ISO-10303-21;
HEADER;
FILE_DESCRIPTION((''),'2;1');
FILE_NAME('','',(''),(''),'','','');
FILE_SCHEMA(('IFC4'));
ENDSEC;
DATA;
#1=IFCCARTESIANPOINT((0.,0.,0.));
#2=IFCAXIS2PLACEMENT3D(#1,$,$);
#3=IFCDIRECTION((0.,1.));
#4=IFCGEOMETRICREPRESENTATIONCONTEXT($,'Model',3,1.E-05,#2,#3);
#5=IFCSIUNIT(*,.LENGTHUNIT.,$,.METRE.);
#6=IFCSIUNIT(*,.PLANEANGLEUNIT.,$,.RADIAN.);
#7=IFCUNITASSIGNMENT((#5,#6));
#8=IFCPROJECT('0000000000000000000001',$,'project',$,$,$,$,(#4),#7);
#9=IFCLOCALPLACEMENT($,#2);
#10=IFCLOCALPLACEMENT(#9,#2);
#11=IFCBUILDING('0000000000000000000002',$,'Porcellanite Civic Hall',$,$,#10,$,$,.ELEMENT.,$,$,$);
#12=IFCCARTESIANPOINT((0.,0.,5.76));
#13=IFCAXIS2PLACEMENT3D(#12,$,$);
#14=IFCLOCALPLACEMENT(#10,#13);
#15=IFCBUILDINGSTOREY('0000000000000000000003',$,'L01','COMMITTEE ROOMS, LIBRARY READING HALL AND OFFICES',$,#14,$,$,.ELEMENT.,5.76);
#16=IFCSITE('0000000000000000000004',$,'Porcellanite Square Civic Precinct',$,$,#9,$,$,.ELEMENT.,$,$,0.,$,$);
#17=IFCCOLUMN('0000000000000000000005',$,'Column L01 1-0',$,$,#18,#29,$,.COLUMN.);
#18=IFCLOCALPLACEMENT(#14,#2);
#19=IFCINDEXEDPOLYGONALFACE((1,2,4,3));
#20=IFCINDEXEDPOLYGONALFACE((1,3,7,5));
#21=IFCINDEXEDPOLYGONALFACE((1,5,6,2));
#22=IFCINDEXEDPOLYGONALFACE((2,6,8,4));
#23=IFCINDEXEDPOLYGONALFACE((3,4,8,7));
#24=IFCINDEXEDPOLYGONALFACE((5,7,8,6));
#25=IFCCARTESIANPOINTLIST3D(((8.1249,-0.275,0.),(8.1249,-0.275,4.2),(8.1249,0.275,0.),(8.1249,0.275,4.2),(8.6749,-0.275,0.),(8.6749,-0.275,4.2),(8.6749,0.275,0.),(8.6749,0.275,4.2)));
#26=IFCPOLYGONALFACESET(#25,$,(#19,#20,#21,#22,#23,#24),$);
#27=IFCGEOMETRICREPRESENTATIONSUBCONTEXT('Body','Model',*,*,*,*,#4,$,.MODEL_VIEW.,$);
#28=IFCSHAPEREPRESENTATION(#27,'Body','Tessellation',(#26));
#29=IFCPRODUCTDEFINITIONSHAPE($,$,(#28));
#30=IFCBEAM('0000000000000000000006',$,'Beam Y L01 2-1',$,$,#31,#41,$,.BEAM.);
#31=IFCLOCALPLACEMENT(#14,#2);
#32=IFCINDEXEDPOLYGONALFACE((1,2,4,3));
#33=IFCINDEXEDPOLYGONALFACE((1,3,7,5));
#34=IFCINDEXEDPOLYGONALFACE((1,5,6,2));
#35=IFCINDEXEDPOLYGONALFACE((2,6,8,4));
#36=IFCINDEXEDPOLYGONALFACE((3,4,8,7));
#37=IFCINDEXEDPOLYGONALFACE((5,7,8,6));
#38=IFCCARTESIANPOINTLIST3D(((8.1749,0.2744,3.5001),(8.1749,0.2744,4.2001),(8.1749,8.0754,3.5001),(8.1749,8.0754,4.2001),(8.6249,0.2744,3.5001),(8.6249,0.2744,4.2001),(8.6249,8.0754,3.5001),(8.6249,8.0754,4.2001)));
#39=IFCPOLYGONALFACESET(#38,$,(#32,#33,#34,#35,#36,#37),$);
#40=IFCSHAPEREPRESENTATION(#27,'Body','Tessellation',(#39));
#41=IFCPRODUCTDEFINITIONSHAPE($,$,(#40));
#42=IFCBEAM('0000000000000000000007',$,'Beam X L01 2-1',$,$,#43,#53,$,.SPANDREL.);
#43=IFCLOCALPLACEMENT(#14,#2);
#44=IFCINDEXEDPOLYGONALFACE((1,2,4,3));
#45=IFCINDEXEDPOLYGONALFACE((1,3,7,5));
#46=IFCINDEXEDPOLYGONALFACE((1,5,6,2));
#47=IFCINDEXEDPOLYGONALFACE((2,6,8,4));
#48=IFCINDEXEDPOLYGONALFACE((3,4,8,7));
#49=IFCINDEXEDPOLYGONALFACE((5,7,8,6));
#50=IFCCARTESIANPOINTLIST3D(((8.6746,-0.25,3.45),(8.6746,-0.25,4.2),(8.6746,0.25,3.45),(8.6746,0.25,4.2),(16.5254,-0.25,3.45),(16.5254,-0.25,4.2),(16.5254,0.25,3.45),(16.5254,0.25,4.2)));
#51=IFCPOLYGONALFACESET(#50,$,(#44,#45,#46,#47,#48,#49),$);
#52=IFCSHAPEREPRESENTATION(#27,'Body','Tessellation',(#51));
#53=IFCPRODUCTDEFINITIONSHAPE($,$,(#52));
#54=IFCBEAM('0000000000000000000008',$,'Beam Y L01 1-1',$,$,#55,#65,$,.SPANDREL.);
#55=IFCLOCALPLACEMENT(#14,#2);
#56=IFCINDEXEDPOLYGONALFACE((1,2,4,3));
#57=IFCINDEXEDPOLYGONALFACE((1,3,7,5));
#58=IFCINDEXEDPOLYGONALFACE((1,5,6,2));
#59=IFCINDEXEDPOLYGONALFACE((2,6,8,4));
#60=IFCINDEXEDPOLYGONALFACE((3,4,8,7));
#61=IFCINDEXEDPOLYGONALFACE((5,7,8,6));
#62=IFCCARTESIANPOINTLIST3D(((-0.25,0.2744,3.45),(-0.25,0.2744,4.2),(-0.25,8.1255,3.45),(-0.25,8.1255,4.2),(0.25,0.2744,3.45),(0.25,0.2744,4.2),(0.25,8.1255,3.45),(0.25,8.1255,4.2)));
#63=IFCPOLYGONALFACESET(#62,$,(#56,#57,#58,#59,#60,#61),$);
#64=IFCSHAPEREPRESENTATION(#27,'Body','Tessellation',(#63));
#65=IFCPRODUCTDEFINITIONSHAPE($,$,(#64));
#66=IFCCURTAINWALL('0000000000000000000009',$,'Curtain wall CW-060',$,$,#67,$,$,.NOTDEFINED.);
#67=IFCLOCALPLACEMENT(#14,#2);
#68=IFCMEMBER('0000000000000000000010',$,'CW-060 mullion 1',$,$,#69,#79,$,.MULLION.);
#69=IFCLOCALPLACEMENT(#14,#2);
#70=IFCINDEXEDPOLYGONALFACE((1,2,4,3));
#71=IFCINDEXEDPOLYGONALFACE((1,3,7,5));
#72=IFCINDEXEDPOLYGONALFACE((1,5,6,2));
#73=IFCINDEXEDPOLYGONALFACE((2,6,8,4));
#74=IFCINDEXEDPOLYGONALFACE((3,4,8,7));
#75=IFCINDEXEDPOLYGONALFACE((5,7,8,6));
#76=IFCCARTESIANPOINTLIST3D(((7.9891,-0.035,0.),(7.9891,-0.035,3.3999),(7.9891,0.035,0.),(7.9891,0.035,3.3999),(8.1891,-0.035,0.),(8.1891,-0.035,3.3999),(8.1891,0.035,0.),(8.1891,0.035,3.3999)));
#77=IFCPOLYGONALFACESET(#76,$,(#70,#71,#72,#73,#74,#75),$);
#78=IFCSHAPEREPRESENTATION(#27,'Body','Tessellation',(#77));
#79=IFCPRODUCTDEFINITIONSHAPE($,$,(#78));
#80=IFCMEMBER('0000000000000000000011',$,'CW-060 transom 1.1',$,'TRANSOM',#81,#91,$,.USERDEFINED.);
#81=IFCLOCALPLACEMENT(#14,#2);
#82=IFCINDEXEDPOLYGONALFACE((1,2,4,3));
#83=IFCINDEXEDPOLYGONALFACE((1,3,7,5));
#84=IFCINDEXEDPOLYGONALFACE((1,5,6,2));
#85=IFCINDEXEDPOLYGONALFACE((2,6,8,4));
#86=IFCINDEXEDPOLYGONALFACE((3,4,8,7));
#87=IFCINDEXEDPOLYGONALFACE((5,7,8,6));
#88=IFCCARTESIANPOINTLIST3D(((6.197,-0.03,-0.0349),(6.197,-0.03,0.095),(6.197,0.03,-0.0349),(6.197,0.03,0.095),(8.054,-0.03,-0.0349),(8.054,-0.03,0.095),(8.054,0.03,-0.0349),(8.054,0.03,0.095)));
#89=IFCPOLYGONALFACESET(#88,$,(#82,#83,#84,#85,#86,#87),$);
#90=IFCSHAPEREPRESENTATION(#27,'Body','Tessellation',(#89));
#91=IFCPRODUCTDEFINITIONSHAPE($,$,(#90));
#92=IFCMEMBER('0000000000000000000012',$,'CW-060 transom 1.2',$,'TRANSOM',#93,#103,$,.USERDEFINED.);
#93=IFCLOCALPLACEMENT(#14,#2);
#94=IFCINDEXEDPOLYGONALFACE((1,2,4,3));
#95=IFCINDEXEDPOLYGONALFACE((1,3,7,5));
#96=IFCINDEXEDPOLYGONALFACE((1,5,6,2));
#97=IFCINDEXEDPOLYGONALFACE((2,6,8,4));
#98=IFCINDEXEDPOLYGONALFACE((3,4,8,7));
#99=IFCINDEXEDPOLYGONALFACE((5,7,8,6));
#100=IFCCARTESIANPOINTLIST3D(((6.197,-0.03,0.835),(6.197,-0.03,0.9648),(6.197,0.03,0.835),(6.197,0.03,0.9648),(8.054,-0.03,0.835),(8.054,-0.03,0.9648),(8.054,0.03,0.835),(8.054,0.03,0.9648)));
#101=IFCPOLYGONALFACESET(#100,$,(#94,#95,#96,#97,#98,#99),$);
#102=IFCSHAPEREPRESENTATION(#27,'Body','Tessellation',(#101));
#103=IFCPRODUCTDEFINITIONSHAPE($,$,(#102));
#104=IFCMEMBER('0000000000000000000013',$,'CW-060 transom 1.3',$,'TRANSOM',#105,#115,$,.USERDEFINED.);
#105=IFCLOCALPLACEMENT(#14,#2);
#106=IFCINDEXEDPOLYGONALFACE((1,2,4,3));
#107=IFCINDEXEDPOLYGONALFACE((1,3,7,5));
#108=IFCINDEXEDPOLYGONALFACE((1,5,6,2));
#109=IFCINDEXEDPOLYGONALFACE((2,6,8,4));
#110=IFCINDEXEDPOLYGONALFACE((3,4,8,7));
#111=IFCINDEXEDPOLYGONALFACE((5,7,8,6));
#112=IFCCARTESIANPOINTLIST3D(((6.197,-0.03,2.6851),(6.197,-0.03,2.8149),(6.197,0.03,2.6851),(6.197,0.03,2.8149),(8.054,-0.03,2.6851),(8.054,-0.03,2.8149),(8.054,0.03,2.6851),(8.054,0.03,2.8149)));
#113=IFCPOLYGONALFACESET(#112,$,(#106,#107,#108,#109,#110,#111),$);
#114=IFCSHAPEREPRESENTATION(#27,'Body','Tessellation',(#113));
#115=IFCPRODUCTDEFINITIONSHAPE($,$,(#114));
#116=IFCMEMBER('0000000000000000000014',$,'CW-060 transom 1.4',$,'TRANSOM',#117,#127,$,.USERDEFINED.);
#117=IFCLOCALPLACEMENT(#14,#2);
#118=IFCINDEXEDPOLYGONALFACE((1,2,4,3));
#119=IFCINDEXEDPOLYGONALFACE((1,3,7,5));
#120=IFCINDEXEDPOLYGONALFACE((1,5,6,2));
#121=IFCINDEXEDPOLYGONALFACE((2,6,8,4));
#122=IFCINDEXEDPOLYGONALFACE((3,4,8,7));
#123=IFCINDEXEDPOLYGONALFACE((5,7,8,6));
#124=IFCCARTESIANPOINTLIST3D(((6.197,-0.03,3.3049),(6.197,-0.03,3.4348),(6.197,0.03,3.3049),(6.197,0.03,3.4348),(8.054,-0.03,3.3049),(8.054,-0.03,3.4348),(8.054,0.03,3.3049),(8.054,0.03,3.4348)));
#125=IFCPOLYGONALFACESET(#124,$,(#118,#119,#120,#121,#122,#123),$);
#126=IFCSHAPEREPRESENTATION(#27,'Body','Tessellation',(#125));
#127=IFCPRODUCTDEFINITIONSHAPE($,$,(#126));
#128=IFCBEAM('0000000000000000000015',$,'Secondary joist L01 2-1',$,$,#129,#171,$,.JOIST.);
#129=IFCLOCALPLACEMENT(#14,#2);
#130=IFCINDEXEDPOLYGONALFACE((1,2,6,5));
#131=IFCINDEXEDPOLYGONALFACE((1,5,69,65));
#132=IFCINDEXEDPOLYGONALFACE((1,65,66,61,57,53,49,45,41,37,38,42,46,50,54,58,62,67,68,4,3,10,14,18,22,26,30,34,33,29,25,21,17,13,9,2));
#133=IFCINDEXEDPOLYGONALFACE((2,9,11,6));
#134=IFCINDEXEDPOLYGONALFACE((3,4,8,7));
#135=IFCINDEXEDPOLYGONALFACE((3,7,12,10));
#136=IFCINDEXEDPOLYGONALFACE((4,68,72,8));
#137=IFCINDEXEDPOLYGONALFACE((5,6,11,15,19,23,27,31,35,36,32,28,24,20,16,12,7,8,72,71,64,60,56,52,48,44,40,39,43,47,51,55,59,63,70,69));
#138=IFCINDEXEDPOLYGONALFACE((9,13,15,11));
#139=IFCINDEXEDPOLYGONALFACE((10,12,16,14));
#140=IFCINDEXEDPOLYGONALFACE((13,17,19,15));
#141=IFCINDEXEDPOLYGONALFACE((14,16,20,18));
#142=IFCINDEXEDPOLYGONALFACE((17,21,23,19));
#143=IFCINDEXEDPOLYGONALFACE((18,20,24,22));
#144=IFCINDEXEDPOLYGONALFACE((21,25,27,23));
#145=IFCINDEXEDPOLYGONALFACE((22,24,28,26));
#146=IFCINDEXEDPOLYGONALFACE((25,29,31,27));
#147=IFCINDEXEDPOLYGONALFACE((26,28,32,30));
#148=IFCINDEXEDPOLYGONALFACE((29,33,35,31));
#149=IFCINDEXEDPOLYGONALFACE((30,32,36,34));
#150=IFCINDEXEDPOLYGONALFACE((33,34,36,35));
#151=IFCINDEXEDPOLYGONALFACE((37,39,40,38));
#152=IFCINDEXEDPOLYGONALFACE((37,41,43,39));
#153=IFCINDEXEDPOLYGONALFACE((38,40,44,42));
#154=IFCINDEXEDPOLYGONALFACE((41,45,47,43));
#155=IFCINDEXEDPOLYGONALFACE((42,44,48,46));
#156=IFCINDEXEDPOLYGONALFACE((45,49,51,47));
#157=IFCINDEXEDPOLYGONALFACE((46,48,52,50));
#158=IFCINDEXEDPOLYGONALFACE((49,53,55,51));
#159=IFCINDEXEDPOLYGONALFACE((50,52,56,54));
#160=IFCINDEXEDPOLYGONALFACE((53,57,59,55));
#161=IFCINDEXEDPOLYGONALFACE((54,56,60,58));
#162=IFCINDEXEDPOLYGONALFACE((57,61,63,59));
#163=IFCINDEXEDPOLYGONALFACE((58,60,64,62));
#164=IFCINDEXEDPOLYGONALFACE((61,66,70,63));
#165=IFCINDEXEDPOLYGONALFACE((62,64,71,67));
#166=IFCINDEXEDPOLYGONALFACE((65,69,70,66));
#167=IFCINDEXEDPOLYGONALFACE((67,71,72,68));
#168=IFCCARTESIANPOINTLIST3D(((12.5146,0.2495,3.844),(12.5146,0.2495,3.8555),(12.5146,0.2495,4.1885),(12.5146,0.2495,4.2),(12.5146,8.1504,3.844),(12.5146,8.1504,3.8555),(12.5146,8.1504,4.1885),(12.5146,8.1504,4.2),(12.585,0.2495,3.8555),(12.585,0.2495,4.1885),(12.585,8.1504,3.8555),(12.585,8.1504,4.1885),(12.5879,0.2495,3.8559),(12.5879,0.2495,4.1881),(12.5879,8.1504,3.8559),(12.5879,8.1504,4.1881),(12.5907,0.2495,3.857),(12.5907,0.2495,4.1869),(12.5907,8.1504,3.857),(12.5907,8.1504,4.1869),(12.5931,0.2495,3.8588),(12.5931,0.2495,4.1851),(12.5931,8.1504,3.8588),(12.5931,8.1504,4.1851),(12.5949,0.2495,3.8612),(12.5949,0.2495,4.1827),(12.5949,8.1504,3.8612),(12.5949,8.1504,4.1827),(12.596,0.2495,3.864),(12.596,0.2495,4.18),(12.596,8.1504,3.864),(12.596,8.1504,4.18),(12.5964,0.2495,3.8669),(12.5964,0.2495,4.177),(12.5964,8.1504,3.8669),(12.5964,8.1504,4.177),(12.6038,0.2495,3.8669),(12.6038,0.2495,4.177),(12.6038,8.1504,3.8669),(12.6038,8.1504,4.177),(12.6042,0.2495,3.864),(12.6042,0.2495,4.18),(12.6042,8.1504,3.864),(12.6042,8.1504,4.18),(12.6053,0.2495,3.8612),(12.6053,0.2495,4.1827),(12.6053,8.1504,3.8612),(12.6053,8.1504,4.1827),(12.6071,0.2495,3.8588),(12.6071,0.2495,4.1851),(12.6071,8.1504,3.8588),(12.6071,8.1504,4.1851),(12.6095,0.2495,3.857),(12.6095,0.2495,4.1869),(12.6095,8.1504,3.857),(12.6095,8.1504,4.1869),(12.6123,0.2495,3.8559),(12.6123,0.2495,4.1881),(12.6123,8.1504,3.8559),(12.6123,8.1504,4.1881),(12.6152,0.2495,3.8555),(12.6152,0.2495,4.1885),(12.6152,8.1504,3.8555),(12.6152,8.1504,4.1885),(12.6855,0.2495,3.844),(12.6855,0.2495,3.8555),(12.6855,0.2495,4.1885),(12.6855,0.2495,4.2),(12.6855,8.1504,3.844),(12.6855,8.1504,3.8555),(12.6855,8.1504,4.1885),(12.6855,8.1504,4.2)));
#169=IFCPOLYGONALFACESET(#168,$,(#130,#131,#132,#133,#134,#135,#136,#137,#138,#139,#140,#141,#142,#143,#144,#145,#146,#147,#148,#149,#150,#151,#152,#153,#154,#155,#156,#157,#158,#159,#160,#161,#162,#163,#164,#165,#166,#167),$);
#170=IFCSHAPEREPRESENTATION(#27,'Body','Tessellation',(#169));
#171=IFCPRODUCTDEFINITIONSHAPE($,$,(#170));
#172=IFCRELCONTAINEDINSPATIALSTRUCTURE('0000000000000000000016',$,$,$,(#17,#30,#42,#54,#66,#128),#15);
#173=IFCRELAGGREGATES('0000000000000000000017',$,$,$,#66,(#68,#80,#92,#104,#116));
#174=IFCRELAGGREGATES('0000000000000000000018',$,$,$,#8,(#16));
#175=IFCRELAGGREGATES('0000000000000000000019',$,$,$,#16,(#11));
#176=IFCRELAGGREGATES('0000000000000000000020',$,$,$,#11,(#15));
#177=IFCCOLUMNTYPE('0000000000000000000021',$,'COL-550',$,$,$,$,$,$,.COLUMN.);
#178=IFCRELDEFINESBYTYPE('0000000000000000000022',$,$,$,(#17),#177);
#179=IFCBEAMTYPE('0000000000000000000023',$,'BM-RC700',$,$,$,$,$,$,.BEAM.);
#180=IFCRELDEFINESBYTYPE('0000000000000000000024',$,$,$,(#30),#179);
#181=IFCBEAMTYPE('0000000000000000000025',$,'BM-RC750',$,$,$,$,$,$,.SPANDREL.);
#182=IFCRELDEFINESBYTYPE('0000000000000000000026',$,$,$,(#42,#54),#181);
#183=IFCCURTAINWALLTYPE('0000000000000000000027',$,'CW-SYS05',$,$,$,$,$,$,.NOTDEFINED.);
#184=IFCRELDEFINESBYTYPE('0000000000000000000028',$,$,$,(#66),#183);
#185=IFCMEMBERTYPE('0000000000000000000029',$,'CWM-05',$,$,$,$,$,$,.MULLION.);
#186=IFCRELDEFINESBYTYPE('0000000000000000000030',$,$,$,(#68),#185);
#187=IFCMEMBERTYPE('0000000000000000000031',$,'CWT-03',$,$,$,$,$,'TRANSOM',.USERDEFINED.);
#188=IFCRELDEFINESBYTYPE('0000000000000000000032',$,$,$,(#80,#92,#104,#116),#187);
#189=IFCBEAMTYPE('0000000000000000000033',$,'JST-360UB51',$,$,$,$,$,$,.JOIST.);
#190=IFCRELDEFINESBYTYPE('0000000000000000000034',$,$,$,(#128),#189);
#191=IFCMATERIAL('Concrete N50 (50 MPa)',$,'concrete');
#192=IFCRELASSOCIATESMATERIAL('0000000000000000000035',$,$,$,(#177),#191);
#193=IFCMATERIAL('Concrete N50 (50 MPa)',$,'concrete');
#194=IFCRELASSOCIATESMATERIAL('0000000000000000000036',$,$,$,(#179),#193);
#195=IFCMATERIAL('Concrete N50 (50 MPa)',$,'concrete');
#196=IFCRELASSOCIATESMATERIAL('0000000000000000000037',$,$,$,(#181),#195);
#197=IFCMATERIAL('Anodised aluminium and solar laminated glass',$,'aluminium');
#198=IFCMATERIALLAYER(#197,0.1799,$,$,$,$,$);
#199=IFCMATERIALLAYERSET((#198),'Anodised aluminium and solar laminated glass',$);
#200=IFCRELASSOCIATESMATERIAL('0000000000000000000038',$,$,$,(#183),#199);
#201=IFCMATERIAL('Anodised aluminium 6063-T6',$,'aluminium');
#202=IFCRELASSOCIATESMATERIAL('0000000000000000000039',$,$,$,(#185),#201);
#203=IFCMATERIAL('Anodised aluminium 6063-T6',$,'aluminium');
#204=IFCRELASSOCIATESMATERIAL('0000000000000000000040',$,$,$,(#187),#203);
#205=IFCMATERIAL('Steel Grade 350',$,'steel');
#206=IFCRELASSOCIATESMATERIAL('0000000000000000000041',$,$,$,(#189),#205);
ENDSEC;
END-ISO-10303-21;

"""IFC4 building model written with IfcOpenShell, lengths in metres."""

from ifc_helpers import new_model, si_unit, direction, frame, origin, origin_2d, place, context, subcontext, project, spatial, rectangle, i_section, extrude, material, layer, layer_set, material_profile, profile_set, type_object, element, aggregate, save


model = new_model("IFC4")

# Units and contexts
model_context = context("Model", 3, precision=1e-05, world=origin(), true_north=direction((0.0, 1.0)))
body_context = subcontext(model_context, "Body", "Model", "MODEL_VIEW")
ifc_project = project(units=[si_unit("LENGTHUNIT", "METRE"), si_unit("PLANEANGLEUNIT", "RADIAN")], contexts=[model_context])

# Site, building, storey
site_placement = place(None, origin())
site = spatial("IfcSite", under=ifc_project, at=site_placement, Name="Porcellanite Square Civic Precinct", CompositionType="ELEMENT", RefElevation=0.0)
building_placement = place(site_placement, origin())
building = spatial("IfcBuilding", under=site, at=building_placement, Name="Porcellanite Civic Hall", CompositionType="ELEMENT")
storey_placement = place(building_placement, frame((0.0, 0.0, 5.76)))
storey = spatial("IfcBuildingStorey", under=building, at=storey_placement, Name="L01", Description="COMMITTEE ROOMS, LIBRARY READING HALL AND OFFICES", CompositionType="ELEMENT", Elevation=5.76)

# Column
ifc_material_1 = material(Name="Concrete N50 (50 MPa)", Category="concrete")
ifc_material_profile_1 = material_profile(ifc_material_1, rectangle(XDim=0.55, YDim=0.55, at=origin_2d()), Name="RC-550x550")
ifc_profile_set_1 = profile_set([ifc_material_profile_1], Name="Concrete N50 (50 MPa)")
column_type = type_object("IfcColumnType", Name="COL-550", PredefinedType="COLUMN", material=ifc_profile_set_1)
column_placement = place(storey_placement, frame((8.3999, 0.0, 0.0), z_axis=(0.0, 0.0, 1.0), x_axis=(1.0, 0.0, 0.0)))
element("IfcColumn", 1, at=column_placement, inside=storey, type_object=column_type, Name="Column L01 1-0", PredefinedType="COLUMN", context=body_context, shape_type="SweptSolid", body=[
    extrude(rectangle(XDim=0.55, YDim=0.55, at=origin_2d()), origin(), (0.0, 0.0, 1.0), 4.2),
])

# Beams
ifc_material_2 = material(Name="Concrete N50 (50 MPa)", Category="concrete")
ifc_material_profile_2 = material_profile(ifc_material_2, rectangle(XDim=0.45, YDim=0.7, at=origin_2d()), Name="RC-450x700")
ifc_profile_set_2 = profile_set([ifc_material_profile_2], Name="Concrete N50 (50 MPa)")
beam_type_1 = type_object("IfcBeamType", Name="BM-RC700", PredefinedType="BEAM", material=ifc_profile_set_2)
beam_1_placement = place(storey_placement, frame((8.3999, 0.2744, 3.8501), z_axis=(0.0, 1.0, 0.0), x_axis=(-1.0, 0.0, 0.0)))
element("IfcBeam", 2, at=beam_1_placement, inside=storey, type_object=beam_type_1, Name="Beam Y L01 2-1", PredefinedType="BEAM", context=body_context, shape_type="SweptSolid", body=[
    extrude(rectangle(XDim=0.45, YDim=0.7, at=origin_2d()), origin(), (0.0, 0.0, 1.0), 7.801),
])
ifc_material_3 = material(Name="Concrete N50 (50 MPa)", Category="concrete")
ifc_material_profile_3 = material_profile(ifc_material_3, rectangle(XDim=0.5, YDim=0.75, at=origin_2d()), Name="RC-500x750")
ifc_profile_set_3 = profile_set([ifc_material_profile_3], Name="Concrete N50 (50 MPa)")
beam_type_2 = type_object("IfcBeamType", Name="BM-RC750", PredefinedType="SPANDREL", material=ifc_profile_set_3)
beam_2_placement = place(storey_placement, frame((8.6746, 0.0, 3.825), z_axis=(1.0, 0.0, 0.0), x_axis=(0.0, 1.0, 0.0)))
element("IfcBeam", 3, at=beam_2_placement, inside=storey, type_object=beam_type_2, Name="Beam X L01 2-1", PredefinedType="SPANDREL", context=body_context, shape_type="SweptSolid", body=[
    extrude(rectangle(XDim=0.5, YDim=0.75, at=origin_2d()), origin(), (0.0, 0.0, 1.0), 7.8508),
])
beam_3_placement = place(storey_placement, frame((0.0, 0.2744, 3.825), z_axis=(0.0, 1.0, 0.0), x_axis=(-1.0, 0.0, 0.0)))
element("IfcBeam", 4, at=beam_3_placement, inside=storey, type_object=beam_type_2, Name="Beam Y L01 1-1", PredefinedType="SPANDREL", context=body_context, shape_type="SweptSolid", body=[
    extrude(rectangle(XDim=0.5, YDim=0.75, at=origin_2d()), origin(), (0.0, 0.0, 1.0), 7.8511),
])

# Curtain wall, members
ifc_material_4 = material(Name="Anodised aluminium and solar laminated glass", Category="aluminium")
ifc_layer_1 = layer(ifc_material_4, 0.1799)
ifc_layer_set_1 = layer_set([ifc_layer_1], Name="Anodised aluminium and solar laminated glass")
curtain_wall_type = type_object("IfcCurtainWallType", Name="CW-SYS05", PredefinedType="NOTDEFINED", material=ifc_layer_set_1)
curtain_wall_placement = place(storey_placement, origin())
curtain_wall = element("IfcCurtainWall", 5, at=curtain_wall_placement, inside=storey, type_object=curtain_wall_type, Name="Curtain wall CW-060", PredefinedType="NOTDEFINED")
ifc_material_5 = material(Name="Anodised aluminium 6063-T6", Category="aluminium")
ifc_material_profile_4 = material_profile(ifc_material_5, rectangle(XDim=0.0701, YDim=0.2, at=origin_2d()), Name="AL-70x200")
ifc_profile_set_4 = profile_set([ifc_material_profile_4], Name="Anodised aluminium 6063-T6")
member_type_1 = type_object("IfcMemberType", Name="CWM-05", PredefinedType="MULLION", material=ifc_profile_set_4)
member_1_placement = place(storey_placement, frame((8.0891, 0.0, 0.0), z_axis=(0.0, 0.0, 1.0), x_axis=(0.0, -1.0, 0.0)))
member_1 = element("IfcMember", 6, at=member_1_placement, type_object=member_type_1, Name="CW-060 mullion 1", PredefinedType="MULLION", context=body_context, shape_type="SweptSolid", body=[
    extrude(rectangle(XDim=0.0701, YDim=0.2, at=origin_2d()), origin(), (0.0, 0.0, 1.0), 3.3999),
])
ifc_material_6 = material(Name="Anodised aluminium 6063-T6", Category="aluminium")
ifc_material_profile_5 = material_profile(ifc_material_6, rectangle(XDim=0.0601, YDim=0.1299, at=origin_2d()), Name="AL-60x130")
ifc_profile_set_5 = profile_set([ifc_material_profile_5], Name="Anodised aluminium 6063-T6")
member_type_2 = type_object("IfcMemberType", Name="CWT-03", ElementType="TRANSOM", PredefinedType="USERDEFINED", material=ifc_profile_set_5)
member_2_placement = place(storey_placement, frame((8.054, 0.0, 0.03), z_axis=(-1.0, 0.0, 0.0), x_axis=(0.0, -1.0, 0.0)))
member_2 = element("IfcMember", 7, at=member_2_placement, type_object=member_type_2, Name="CW-060 transom 1.1", ObjectType="TRANSOM", PredefinedType="USERDEFINED", context=body_context, shape_type="SweptSolid", body=[
    extrude(rectangle(XDim=0.0601, YDim=0.1299, at=origin_2d()), origin(), (0.0, 0.0, 1.0), 1.8569),
])
member_3_placement = place(storey_placement, frame((8.054, 0.0, 0.8999), z_axis=(-1.0, 0.0, 0.0), x_axis=(0.0, -1.0, 0.0)))
member_3 = element("IfcMember", 8, at=member_3_placement, type_object=member_type_2, Name="CW-060 transom 1.2", ObjectType="TRANSOM", PredefinedType="USERDEFINED", context=body_context, shape_type="SweptSolid", body=[
    extrude(rectangle(XDim=0.0601, YDim=0.1299, at=origin_2d()), origin(), (0.0, 0.0, 1.0), 1.8569),
])
member_4_placement = place(storey_placement, frame((8.054, 0.0, 2.75), z_axis=(-1.0, 0.0, 0.0), x_axis=(0.0, -1.0, 0.0)))
member_4 = element("IfcMember", 9, at=member_4_placement, type_object=member_type_2, Name="CW-060 transom 1.3", ObjectType="TRANSOM", PredefinedType="USERDEFINED", context=body_context, shape_type="SweptSolid", body=[
    extrude(rectangle(XDim=0.0601, YDim=0.1299, at=origin_2d()), origin(), (0.0, 0.0, 1.0), 1.8569),
])
member_5_placement = place(storey_placement, frame((8.054, 0.0, 3.3699), z_axis=(-1.0, 0.0, 0.0), x_axis=(0.0, -1.0, 0.0)))
member_5 = element("IfcMember", 10, at=member_5_placement, type_object=member_type_2, Name="CW-060 transom 1.4", ObjectType="TRANSOM", PredefinedType="USERDEFINED", context=body_context, shape_type="SweptSolid", body=[
    extrude(rectangle(XDim=0.0601, YDim=0.1299, at=origin_2d()), origin(), (0.0, 0.0, 1.0), 1.8569),
])

# Beam
ifc_material_7 = material(Name="Steel Grade 350", Category="steel")
ifc_material_profile_6 = material_profile(ifc_material_7, i_section(OverallWidth=0.1709, OverallDepth=0.356, WebThickness=0.0073, FlangeThickness=0.0115, FilletRadius=0.0115, at=origin_2d()), Name="360UB50.7")
ifc_profile_set_6 = profile_set([ifc_material_profile_6], Name="Steel Grade 350")
beam_type_3 = type_object("IfcBeamType", Name="JST-360UB51", PredefinedType="JOIST", material=ifc_profile_set_6)
beam_4_placement = place(storey_placement, frame((12.6001, 0.2495, 4.022), z_axis=(0.0, 1.0, 0.0), x_axis=(-1.0, 0.0, 0.0)))
element("IfcBeam", 11, at=beam_4_placement, inside=storey, type_object=beam_type_3, Name="Secondary joist L01 2-1", PredefinedType="JOIST", context=body_context, shape_type="SweptSolid", body=[
    extrude(i_section(OverallWidth=0.1709, OverallDepth=0.356, WebThickness=0.0073, FlangeThickness=0.0115, FilletRadius=0.0115, at=origin_2d()), origin(), (0.0, 0.0, 1.0), 7.9009),
])

aggregate(curtain_wall, [member_1, member_2, member_3, member_4, member_5])

save(model, "model.ifc")
